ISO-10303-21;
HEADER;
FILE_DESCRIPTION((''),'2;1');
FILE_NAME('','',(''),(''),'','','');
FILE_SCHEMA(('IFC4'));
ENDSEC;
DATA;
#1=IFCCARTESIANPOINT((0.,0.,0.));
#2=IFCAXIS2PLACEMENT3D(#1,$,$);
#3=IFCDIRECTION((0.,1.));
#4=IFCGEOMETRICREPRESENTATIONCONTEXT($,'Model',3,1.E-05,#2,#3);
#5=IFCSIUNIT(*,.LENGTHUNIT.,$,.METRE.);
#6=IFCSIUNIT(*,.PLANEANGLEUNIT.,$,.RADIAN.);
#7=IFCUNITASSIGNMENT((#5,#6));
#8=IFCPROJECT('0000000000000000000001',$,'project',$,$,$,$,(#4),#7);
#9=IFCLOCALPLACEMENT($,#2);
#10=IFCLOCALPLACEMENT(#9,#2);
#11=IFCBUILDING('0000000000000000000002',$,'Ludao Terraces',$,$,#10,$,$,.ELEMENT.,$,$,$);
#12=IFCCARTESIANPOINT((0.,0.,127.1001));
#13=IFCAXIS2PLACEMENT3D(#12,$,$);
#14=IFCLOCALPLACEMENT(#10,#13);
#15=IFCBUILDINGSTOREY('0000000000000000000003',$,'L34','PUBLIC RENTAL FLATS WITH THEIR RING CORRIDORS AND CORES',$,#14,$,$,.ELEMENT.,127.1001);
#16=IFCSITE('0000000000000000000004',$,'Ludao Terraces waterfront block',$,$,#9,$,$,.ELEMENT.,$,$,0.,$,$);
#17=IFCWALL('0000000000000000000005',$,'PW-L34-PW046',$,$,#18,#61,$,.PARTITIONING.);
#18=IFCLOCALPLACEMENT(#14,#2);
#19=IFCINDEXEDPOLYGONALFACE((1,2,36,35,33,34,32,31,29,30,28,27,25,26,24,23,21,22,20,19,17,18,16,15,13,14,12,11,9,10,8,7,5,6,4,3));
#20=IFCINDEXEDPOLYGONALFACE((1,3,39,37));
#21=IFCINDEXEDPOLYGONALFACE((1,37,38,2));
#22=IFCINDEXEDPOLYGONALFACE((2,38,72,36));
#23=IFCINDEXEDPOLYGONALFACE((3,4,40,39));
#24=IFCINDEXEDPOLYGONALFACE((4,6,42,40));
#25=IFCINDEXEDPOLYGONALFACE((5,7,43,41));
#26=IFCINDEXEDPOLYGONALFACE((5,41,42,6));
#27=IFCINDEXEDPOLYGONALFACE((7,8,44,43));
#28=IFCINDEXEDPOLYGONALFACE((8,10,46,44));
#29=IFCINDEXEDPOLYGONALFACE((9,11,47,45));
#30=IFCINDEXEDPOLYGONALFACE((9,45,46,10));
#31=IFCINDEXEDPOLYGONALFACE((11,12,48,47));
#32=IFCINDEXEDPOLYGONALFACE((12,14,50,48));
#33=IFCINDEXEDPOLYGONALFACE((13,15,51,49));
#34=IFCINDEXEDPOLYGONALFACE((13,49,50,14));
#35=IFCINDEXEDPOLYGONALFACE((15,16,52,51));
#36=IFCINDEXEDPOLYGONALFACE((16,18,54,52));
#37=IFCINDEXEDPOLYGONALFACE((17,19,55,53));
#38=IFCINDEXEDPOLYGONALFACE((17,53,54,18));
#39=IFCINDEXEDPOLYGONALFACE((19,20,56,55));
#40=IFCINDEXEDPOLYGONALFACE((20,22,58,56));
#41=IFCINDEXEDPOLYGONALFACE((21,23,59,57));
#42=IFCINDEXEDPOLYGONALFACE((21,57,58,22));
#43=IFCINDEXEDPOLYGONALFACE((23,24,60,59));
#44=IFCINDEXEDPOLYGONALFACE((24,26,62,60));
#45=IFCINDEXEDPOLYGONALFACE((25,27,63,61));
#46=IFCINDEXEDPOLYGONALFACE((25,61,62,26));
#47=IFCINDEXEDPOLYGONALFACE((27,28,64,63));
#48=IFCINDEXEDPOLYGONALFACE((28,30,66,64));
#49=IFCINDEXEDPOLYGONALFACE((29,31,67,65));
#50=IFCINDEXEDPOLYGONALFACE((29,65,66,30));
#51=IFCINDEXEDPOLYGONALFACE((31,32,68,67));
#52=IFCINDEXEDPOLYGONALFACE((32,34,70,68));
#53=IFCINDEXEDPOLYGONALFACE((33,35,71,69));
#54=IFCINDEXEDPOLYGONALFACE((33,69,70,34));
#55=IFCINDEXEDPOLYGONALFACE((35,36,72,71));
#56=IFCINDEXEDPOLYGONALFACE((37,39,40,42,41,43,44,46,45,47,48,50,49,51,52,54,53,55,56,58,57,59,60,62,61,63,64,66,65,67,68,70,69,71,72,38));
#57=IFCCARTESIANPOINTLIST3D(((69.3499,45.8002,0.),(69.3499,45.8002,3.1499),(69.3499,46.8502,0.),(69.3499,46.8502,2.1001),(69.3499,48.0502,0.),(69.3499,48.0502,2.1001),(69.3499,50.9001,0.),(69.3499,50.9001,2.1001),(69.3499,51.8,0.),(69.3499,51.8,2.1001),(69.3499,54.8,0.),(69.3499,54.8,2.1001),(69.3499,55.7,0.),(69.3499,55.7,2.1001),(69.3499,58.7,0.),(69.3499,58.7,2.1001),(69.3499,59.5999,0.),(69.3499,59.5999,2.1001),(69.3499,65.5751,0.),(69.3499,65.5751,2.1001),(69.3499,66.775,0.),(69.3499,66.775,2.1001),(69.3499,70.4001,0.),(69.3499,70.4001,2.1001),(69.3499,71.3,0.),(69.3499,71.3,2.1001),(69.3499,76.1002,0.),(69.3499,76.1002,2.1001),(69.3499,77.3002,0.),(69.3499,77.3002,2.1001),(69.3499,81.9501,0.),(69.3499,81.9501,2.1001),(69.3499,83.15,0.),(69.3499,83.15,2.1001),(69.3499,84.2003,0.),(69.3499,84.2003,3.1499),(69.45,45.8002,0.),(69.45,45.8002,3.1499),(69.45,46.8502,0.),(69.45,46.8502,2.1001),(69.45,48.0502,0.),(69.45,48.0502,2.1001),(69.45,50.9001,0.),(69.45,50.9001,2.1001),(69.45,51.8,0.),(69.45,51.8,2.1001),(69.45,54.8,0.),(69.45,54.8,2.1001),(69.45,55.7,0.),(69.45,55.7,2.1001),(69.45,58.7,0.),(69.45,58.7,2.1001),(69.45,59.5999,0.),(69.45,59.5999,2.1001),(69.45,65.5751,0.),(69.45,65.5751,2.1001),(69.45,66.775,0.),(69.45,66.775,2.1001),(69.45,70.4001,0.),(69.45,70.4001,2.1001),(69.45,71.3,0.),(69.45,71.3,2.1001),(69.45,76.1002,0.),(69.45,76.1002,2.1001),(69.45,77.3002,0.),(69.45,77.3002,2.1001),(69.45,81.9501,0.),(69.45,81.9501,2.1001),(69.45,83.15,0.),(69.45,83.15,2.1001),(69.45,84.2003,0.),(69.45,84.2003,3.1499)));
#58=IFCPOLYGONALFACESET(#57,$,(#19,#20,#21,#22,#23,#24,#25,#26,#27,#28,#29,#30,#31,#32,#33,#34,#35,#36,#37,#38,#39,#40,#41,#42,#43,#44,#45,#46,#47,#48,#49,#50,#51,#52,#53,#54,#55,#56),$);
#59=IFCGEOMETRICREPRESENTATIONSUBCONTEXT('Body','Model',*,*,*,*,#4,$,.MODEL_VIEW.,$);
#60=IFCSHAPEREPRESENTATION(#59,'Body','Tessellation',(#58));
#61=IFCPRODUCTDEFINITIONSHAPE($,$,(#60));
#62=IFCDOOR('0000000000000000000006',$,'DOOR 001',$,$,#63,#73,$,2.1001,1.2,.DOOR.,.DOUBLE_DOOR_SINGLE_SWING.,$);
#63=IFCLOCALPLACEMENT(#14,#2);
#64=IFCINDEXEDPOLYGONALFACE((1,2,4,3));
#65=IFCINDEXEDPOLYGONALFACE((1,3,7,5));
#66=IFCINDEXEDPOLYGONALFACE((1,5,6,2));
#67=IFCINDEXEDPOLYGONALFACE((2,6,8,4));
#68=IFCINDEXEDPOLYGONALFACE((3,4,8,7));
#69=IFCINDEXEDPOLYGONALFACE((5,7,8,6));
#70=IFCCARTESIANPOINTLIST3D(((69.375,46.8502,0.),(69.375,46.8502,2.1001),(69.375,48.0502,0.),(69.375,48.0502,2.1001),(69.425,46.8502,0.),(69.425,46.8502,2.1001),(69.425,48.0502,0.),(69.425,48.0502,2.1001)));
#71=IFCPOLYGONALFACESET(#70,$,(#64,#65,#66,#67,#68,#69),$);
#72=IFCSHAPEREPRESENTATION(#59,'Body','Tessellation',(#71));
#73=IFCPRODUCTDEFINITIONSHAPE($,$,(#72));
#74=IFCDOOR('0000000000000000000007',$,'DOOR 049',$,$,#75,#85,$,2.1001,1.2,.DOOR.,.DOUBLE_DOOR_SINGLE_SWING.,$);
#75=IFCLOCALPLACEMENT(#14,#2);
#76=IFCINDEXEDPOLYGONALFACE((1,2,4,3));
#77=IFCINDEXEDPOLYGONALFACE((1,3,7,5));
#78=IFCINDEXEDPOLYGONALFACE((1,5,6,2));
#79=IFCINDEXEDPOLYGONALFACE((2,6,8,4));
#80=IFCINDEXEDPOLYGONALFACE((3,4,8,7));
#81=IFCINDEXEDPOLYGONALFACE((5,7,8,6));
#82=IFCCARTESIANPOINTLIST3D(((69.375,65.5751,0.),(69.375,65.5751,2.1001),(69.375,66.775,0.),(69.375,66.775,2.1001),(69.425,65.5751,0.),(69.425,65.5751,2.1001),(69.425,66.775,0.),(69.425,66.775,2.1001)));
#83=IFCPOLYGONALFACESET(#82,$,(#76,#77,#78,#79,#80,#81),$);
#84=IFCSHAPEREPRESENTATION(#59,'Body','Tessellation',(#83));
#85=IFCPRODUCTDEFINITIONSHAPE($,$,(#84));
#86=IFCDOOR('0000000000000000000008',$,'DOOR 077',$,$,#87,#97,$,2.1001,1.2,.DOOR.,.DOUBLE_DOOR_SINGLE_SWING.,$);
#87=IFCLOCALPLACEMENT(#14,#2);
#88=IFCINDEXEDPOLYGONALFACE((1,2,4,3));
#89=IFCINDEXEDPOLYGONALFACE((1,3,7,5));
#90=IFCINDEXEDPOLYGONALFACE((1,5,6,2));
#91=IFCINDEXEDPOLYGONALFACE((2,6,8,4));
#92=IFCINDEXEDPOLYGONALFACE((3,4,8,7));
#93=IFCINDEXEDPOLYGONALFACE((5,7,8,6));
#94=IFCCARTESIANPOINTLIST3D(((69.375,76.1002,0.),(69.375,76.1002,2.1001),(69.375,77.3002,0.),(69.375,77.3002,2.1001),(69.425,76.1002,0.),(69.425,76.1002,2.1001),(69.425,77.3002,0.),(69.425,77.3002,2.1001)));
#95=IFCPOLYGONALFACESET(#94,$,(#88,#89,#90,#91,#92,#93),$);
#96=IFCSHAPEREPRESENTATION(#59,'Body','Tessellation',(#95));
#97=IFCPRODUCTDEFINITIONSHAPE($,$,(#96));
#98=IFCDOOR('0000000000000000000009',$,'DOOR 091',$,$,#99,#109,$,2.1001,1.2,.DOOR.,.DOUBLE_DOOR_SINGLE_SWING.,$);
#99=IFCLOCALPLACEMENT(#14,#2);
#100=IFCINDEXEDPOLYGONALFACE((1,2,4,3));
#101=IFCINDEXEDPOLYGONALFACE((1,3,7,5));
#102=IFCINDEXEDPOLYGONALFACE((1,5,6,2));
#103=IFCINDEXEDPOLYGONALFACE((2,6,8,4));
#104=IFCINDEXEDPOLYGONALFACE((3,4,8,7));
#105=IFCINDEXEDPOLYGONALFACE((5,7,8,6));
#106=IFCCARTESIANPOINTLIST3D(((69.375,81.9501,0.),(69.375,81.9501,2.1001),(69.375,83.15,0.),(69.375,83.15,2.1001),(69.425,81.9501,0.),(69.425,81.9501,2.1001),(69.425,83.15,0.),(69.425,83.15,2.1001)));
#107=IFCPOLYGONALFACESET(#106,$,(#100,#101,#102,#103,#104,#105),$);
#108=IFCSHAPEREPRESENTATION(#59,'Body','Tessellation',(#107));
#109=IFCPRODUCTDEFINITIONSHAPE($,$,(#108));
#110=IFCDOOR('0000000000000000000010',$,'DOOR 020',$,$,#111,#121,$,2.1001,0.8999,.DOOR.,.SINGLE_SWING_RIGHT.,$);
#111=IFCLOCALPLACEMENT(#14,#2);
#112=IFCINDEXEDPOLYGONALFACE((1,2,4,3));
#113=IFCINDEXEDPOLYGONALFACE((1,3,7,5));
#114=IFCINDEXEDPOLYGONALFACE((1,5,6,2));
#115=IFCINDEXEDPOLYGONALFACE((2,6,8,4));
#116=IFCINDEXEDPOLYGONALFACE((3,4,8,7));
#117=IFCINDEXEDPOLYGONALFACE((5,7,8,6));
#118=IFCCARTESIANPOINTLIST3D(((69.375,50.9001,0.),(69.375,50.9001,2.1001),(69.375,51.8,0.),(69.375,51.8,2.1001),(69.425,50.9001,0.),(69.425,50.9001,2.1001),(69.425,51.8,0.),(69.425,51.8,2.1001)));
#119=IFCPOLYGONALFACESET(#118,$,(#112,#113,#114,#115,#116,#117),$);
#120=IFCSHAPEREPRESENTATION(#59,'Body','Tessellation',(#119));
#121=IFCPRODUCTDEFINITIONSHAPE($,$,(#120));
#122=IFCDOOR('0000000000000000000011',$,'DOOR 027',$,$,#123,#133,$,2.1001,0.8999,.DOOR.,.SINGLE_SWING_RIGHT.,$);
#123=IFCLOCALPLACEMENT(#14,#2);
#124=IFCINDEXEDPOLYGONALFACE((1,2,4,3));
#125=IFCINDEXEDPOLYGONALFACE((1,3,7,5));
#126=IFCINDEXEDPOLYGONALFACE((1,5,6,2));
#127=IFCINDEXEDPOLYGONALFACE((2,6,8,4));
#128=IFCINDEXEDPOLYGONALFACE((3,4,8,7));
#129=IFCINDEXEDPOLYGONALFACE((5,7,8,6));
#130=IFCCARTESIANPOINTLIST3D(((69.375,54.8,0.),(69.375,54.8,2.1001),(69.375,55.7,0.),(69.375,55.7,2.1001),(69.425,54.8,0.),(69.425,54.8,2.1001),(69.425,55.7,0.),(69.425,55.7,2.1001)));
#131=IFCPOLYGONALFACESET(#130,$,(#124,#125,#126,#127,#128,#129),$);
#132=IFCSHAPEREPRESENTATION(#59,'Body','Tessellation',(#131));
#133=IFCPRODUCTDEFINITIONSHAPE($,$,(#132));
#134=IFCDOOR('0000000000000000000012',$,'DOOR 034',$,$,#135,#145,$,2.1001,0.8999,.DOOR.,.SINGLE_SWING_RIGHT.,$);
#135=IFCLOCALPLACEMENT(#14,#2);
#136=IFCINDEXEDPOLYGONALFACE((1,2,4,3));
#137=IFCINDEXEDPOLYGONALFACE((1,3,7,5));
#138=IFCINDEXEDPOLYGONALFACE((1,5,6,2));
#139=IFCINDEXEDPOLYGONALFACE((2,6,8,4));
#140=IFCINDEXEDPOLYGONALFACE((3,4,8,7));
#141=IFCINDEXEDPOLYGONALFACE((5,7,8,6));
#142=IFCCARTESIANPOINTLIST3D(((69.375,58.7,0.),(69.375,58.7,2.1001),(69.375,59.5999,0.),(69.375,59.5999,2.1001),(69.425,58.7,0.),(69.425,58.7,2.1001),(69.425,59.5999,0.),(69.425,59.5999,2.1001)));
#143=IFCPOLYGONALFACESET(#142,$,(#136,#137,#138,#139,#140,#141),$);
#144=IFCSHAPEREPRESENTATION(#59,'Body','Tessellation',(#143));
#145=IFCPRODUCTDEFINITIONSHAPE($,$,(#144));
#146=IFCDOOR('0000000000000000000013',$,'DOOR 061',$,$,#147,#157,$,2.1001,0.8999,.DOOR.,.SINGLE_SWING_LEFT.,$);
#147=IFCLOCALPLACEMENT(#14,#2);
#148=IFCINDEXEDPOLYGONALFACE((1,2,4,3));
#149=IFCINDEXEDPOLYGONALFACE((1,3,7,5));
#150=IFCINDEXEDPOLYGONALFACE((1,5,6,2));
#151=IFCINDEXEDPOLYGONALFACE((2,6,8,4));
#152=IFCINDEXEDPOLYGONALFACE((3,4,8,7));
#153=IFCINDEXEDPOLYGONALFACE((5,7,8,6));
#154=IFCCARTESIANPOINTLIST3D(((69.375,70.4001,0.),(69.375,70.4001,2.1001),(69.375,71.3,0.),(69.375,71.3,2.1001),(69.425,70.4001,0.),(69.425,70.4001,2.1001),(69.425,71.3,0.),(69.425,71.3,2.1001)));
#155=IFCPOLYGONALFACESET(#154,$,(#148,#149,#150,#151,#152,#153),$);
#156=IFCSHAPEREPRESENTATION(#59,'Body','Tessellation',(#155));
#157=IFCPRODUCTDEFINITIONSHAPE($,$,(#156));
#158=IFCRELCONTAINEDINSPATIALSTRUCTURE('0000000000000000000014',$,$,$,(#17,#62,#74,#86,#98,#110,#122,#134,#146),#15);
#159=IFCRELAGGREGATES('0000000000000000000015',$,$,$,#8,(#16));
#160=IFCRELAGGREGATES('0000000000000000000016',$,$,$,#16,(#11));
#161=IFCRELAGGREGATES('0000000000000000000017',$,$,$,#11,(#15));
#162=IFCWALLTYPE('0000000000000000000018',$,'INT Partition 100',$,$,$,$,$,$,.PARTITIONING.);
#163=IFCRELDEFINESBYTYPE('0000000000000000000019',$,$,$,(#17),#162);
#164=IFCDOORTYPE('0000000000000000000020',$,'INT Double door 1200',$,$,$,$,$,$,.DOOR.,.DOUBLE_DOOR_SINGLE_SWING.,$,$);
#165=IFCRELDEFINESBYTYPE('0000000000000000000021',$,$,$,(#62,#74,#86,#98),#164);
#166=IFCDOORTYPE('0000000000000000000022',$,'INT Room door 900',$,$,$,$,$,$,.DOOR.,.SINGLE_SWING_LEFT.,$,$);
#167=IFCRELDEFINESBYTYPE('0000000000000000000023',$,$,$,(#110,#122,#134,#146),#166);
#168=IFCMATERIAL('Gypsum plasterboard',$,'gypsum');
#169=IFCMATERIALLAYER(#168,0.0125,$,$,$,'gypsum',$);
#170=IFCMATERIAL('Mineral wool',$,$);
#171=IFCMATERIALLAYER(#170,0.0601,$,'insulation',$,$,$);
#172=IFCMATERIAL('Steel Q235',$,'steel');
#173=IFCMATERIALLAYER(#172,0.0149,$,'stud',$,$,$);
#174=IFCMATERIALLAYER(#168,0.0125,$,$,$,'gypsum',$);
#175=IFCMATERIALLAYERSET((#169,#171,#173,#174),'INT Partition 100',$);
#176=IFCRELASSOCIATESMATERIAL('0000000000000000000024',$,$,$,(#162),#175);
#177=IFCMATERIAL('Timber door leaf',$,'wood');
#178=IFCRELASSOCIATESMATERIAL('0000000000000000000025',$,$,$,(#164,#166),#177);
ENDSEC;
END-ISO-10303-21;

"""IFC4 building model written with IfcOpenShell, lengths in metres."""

from ifc_helpers import new_model, si_unit, direction, frame, frame_2d, origin, place, context, subcontext, project, spatial, rectangle, extrude, material, layer, layer_set, type_object, element, fill, save


model = new_model("IFC4")

# Units and contexts
model_context = context("Model", 3, precision=1e-05, world=origin(), true_north=direction((0.0, 1.0)))
body_context = subcontext(model_context, "Body", "Model", "MODEL_VIEW")
ifc_project = project(units=[si_unit("LENGTHUNIT", "METRE"), si_unit("PLANEANGLEUNIT", "RADIAN")], contexts=[model_context])

# Site, building, storey
site_placement = place(None, origin())
site = spatial("IfcSite", under=ifc_project, at=site_placement, Name="Ludao Terraces waterfront block", CompositionType="ELEMENT", RefElevation=0.0)
building_placement = place(site_placement, origin())
building = spatial("IfcBuilding", under=site, at=building_placement, Name="Ludao Terraces", CompositionType="ELEMENT")
storey_placement = place(building_placement, frame((0.0, 0.0, 127.1001)))
storey = spatial("IfcBuildingStorey", under=building, at=storey_placement, Name="L34", Description="PUBLIC RENTAL FLATS WITH THEIR RING CORRIDORS AND CORES", CompositionType="ELEMENT", Elevation=127.1001)

# Shared definitions
ifc_material_1 = material(Name="Mineral wool")

# Wall, openings, doors
ifc_material_2 = material(Name="Gypsum plasterboard", Category="gypsum")
ifc_layer_1 = layer(ifc_material_2, 0.0125, Category="gypsum")
ifc_layer_2 = layer(ifc_material_1, 0.0601, Name="insulation")
ifc_material_3 = material(Name="Steel Q235", Category="steel")
ifc_layer_3 = layer(ifc_material_3, 0.0149, Name="stud")
ifc_layer_4 = layer(ifc_material_2, 0.0125, Category="gypsum")
ifc_layer_set_1 = layer_set([ifc_layer_1, ifc_layer_2, ifc_layer_3, ifc_layer_4], Name="INT Partition 100")
wall_type_1 = type_object("IfcWallType", Name="INT Partition 100", PredefinedType="PARTITIONING", material=ifc_layer_set_1)
ifc_material_4 = material(Name="Timber door leaf", Category="wood")
wall_1_placement = place(storey_placement, frame((69.3999, 45.8, 0.0), z_axis=(0.0, 0.0, 1.0), x_axis=(0.0, 1.0, 0.0)))
wall_1 = element("IfcWall", 1, at=wall_1_placement, inside=storey, type_object=wall_type_1, Name="PW-L34-PW046", PredefinedType="PARTITIONING", context=body_context, shape_type="SweptSolid", body=[
    extrude(rectangle(XDim=38.4001, YDim=0.1001, at=frame_2d((19.2002, 0.0))), origin(), (0.0, 0.0, 1.0), 3.1499),
])
opening_1_placement = place(wall_1_placement, frame((1.05, 0.0, 0.0)))
opening_1 = element("IfcOpeningElement", 2, at=opening_1_placement, cuts=wall_1, PredefinedType="OPENING", context=body_context, shape_type="SweptSolid", body=[
    extrude(rectangle(XDim=1.2, YDim=2.1001, at=frame_2d((0.6001, 1.05))), frame((0.0, 0.0601, 0.0), z_axis=(0.0, -1.0, 0.0), x_axis=(1.0, 0.0, 0.0)), (0.0, 0.0, 1.0), 0.1201),
])
opening_2_placement = place(wall_1_placement, frame((5.1001, 0.0, 0.0)))
opening_2 = element("IfcOpeningElement", 3, at=opening_2_placement, cuts=wall_1, PredefinedType="OPENING", context=body_context, shape_type="SweptSolid", body=[
    extrude(rectangle(XDim=0.8999, YDim=2.1001, at=frame_2d((0.45, 1.05))), frame((0.0, 0.0601, 0.0), z_axis=(0.0, -1.0, 0.0), x_axis=(1.0, 0.0, 0.0)), (0.0, 0.0, 1.0), 0.1201),
])
opening_3_placement = place(wall_1_placement, frame((9.0, 0.0, 0.0)))
opening_3 = element("IfcOpeningElement", 4, at=opening_3_placement, cuts=wall_1, PredefinedType="OPENING", context=body_context, shape_type="SweptSolid", body=[
    extrude(rectangle(XDim=0.8999, YDim=2.1001, at=frame_2d((0.45, 1.05))), frame((0.0, 0.0601, 0.0), z_axis=(0.0, -1.0, 0.0), x_axis=(1.0, 0.0, 0.0)), (0.0, 0.0, 1.0), 0.1201),
])
opening_4_placement = place(wall_1_placement, frame((12.8999, 0.0, 0.0)))
opening_4 = element("IfcOpeningElement", 5, at=opening_4_placement, cuts=wall_1, PredefinedType="OPENING", context=body_context, shape_type="SweptSolid", body=[
    extrude(rectangle(XDim=0.8999, YDim=2.1001, at=frame_2d((0.45, 1.05))), frame((0.0, 0.0601, 0.0), z_axis=(0.0, -1.0, 0.0), x_axis=(1.0, 0.0, 0.0)), (0.0, 0.0, 1.0), 0.1201),
])
opening_5_placement = place(wall_1_placement, frame((19.7749, 0.0, 0.0)))
opening_5 = element("IfcOpeningElement", 6, at=opening_5_placement, cuts=wall_1, PredefinedType="OPENING", context=body_context, shape_type="SweptSolid", body=[
    extrude(rectangle(XDim=1.2, YDim=2.1001, at=frame_2d((0.6001, 1.05))), frame((0.0, 0.0601, 0.0), z_axis=(0.0, -1.0, 0.0), x_axis=(1.0, 0.0, 0.0)), (0.0, 0.0, 1.0), 0.1201),
])
opening_6_placement = place(wall_1_placement, frame((24.6001, 0.0, 0.0)))
opening_6 = element("IfcOpeningElement", 7, at=opening_6_placement, cuts=wall_1, PredefinedType="OPENING", context=body_context, shape_type="SweptSolid", body=[
    extrude(rectangle(XDim=0.8999, YDim=2.1001, at=frame_2d((0.45, 1.05))), frame((0.0, 0.0601, 0.0), z_axis=(0.0, -1.0, 0.0), x_axis=(1.0, 0.0, 0.0)), (0.0, 0.0, 1.0), 0.1201),
])
opening_7_placement = place(wall_1_placement, frame((30.3, 0.0, 0.0)))
opening_7 = element("IfcOpeningElement", 8, at=opening_7_placement, cuts=wall_1, PredefinedType="OPENING", context=body_context, shape_type="SweptSolid", body=[
    extrude(rectangle(XDim=1.2, YDim=2.1001, at=frame_2d((0.6001, 1.05))), frame((0.0, 0.0601, 0.0), z_axis=(0.0, -1.0, 0.0), x_axis=(1.0, 0.0, 0.0)), (0.0, 0.0, 1.0), 0.1201),
])
opening_8_placement = place(wall_1_placement, frame((36.1499, 0.0, 0.0)))
opening_8 = element("IfcOpeningElement", 9, at=opening_8_placement, cuts=wall_1, PredefinedType="OPENING", context=body_context, shape_type="SweptSolid", body=[
    extrude(rectangle(XDim=1.2, YDim=2.1001, at=frame_2d((0.6001, 1.05))), frame((0.0, 0.0601, 0.0), z_axis=(0.0, -1.0, 0.0), x_axis=(1.0, 0.0, 0.0)), (0.0, 0.0, 1.0), 0.1201),
])
door_type_1 = type_object("IfcDoorType", Name="INT Double door 1200", OperationType="DOUBLE_DOOR_SINGLE_SWING", PredefinedType="DOOR", material=ifc_material_4)
door_1_placement = place(opening_1_placement, origin())
door_1 = element("IfcDoor", 10, at=door_1_placement, inside=storey, type_object=door_type_1, Name="DOOR 001", OperationType="DOUBLE_DOOR_SINGLE_SWING", OverallHeight=2.1001, OverallWidth=1.2, PredefinedType="DOOR", context=body_context, shape_type="SweptSolid", body=[
    extrude(rectangle(XDim=1.2, YDim=2.1001, at=frame_2d((0.6001, 1.05))), frame((0.0, 0.0249, 0.0), z_axis=(0.0, -1.0, 0.0), x_axis=(1.0, 0.0, 0.0)), (0.0, 0.0, 1.0), 0.05),
])
fill(opening_1, door_1)
door_2_placement = place(opening_5_placement, origin())
door_2 = element("IfcDoor", 11, at=door_2_placement, inside=storey, type_object=door_type_1, Name="DOOR 049", OperationType="DOUBLE_DOOR_SINGLE_SWING", OverallHeight=2.1001, OverallWidth=1.2, PredefinedType="DOOR", context=body_context, shape_type="SweptSolid", body=[
    extrude(rectangle(XDim=1.2, YDim=2.1001, at=frame_2d((0.6001, 1.05))), frame((0.0, 0.0249, 0.0), z_axis=(0.0, -1.0, 0.0), x_axis=(1.0, 0.0, 0.0)), (0.0, 0.0, 1.0), 0.05),
])
fill(opening_5, door_2)
door_3_placement = place(opening_7_placement, origin())
door_3 = element("IfcDoor", 12, at=door_3_placement, inside=storey, type_object=door_type_1, Name="DOOR 077", OperationType="DOUBLE_DOOR_SINGLE_SWING", OverallHeight=2.1001, OverallWidth=1.2, PredefinedType="DOOR", context=body_context, shape_type="SweptSolid", body=[
    extrude(rectangle(XDim=1.2, YDim=2.1001, at=frame_2d((0.6001, 1.05))), frame((0.0, 0.0249, 0.0), z_axis=(0.0, -1.0, 0.0), x_axis=(1.0, 0.0, 0.0)), (0.0, 0.0, 1.0), 0.05),
])
fill(opening_7, door_3)
door_4_placement = place(opening_8_placement, origin())
door_4 = element("IfcDoor", 13, at=door_4_placement, inside=storey, type_object=door_type_1, Name="DOOR 091", OperationType="DOUBLE_DOOR_SINGLE_SWING", OverallHeight=2.1001, OverallWidth=1.2, PredefinedType="DOOR", context=body_context, shape_type="SweptSolid", body=[
    extrude(rectangle(XDim=1.2, YDim=2.1001, at=frame_2d((0.6001, 1.05))), frame((0.0, 0.0249, 0.0), z_axis=(0.0, -1.0, 0.0), x_axis=(1.0, 0.0, 0.0)), (0.0, 0.0, 1.0), 0.05),
])
fill(opening_8, door_4)
door_type_2 = type_object("IfcDoorType", Name="INT Room door 900", OperationType="SINGLE_SWING_LEFT", PredefinedType="DOOR", material=ifc_material_4)
door_5_placement = place(opening_2_placement, origin())
door_5 = element("IfcDoor", 14, at=door_5_placement, inside=storey, type_object=door_type_2, Name="DOOR 020", OperationType="SINGLE_SWING_RIGHT", OverallHeight=2.1001, OverallWidth=0.8999, PredefinedType="DOOR", context=body_context, shape_type="SweptSolid", body=[
    extrude(rectangle(XDim=0.8999, YDim=2.1001, at=frame_2d((0.45, 1.05))), frame((0.0, 0.0249, 0.0), z_axis=(0.0, -1.0, 0.0), x_axis=(1.0, 0.0, 0.0)), (0.0, 0.0, 1.0), 0.05),
])
fill(opening_2, door_5)
door_6_placement = place(opening_3_placement, origin())
door_6 = element("IfcDoor", 15, at=door_6_placement, inside=storey, type_object=door_type_2, Name="DOOR 027", OperationType="SINGLE_SWING_RIGHT", OverallHeight=2.1001, OverallWidth=0.8999, PredefinedType="DOOR", context=body_context, shape_type="SweptSolid", body=[
    extrude(rectangle(XDim=0.8999, YDim=2.1001, at=frame_2d((0.45, 1.05))), frame((0.0, 0.0249, 0.0), z_axis=(0.0, -1.0, 0.0), x_axis=(1.0, 0.0, 0.0)), (0.0, 0.0, 1.0), 0.05),
])
fill(opening_3, door_6)
door_7_placement = place(opening_4_placement, origin())
door_7 = element("IfcDoor", 16, at=door_7_placement, inside=storey, type_object=door_type_2, Name="DOOR 034", OperationType="SINGLE_SWING_RIGHT", OverallHeight=2.1001, OverallWidth=0.8999, PredefinedType="DOOR", context=body_context, shape_type="SweptSolid", body=[
    extrude(rectangle(XDim=0.8999, YDim=2.1001, at=frame_2d((0.45, 1.05))), frame((0.0, 0.0249, 0.0), z_axis=(0.0, -1.0, 0.0), x_axis=(1.0, 0.0, 0.0)), (0.0, 0.0, 1.0), 0.05),
])
fill(opening_4, door_7)
door_8_placement = place(opening_6_placement, origin())
door_8 = element("IfcDoor", 17, at=door_8_placement, inside=storey, type_object=door_type_2, Name="DOOR 061", OperationType="SINGLE_SWING_LEFT", OverallHeight=2.1001, OverallWidth=0.8999, PredefinedType="DOOR", context=body_context, shape_type="SweptSolid", body=[
    extrude(rectangle(XDim=0.8999, YDim=2.1001, at=frame_2d((0.45, 1.05))), frame((0.0, 0.0249, 0.0), z_axis=(0.0, -1.0, 0.0), x_axis=(1.0, 0.0, 0.0)), (0.0, 0.0, 1.0), 0.05),
])
fill(opening_6, door_8)

save(model, "model.ifc")
